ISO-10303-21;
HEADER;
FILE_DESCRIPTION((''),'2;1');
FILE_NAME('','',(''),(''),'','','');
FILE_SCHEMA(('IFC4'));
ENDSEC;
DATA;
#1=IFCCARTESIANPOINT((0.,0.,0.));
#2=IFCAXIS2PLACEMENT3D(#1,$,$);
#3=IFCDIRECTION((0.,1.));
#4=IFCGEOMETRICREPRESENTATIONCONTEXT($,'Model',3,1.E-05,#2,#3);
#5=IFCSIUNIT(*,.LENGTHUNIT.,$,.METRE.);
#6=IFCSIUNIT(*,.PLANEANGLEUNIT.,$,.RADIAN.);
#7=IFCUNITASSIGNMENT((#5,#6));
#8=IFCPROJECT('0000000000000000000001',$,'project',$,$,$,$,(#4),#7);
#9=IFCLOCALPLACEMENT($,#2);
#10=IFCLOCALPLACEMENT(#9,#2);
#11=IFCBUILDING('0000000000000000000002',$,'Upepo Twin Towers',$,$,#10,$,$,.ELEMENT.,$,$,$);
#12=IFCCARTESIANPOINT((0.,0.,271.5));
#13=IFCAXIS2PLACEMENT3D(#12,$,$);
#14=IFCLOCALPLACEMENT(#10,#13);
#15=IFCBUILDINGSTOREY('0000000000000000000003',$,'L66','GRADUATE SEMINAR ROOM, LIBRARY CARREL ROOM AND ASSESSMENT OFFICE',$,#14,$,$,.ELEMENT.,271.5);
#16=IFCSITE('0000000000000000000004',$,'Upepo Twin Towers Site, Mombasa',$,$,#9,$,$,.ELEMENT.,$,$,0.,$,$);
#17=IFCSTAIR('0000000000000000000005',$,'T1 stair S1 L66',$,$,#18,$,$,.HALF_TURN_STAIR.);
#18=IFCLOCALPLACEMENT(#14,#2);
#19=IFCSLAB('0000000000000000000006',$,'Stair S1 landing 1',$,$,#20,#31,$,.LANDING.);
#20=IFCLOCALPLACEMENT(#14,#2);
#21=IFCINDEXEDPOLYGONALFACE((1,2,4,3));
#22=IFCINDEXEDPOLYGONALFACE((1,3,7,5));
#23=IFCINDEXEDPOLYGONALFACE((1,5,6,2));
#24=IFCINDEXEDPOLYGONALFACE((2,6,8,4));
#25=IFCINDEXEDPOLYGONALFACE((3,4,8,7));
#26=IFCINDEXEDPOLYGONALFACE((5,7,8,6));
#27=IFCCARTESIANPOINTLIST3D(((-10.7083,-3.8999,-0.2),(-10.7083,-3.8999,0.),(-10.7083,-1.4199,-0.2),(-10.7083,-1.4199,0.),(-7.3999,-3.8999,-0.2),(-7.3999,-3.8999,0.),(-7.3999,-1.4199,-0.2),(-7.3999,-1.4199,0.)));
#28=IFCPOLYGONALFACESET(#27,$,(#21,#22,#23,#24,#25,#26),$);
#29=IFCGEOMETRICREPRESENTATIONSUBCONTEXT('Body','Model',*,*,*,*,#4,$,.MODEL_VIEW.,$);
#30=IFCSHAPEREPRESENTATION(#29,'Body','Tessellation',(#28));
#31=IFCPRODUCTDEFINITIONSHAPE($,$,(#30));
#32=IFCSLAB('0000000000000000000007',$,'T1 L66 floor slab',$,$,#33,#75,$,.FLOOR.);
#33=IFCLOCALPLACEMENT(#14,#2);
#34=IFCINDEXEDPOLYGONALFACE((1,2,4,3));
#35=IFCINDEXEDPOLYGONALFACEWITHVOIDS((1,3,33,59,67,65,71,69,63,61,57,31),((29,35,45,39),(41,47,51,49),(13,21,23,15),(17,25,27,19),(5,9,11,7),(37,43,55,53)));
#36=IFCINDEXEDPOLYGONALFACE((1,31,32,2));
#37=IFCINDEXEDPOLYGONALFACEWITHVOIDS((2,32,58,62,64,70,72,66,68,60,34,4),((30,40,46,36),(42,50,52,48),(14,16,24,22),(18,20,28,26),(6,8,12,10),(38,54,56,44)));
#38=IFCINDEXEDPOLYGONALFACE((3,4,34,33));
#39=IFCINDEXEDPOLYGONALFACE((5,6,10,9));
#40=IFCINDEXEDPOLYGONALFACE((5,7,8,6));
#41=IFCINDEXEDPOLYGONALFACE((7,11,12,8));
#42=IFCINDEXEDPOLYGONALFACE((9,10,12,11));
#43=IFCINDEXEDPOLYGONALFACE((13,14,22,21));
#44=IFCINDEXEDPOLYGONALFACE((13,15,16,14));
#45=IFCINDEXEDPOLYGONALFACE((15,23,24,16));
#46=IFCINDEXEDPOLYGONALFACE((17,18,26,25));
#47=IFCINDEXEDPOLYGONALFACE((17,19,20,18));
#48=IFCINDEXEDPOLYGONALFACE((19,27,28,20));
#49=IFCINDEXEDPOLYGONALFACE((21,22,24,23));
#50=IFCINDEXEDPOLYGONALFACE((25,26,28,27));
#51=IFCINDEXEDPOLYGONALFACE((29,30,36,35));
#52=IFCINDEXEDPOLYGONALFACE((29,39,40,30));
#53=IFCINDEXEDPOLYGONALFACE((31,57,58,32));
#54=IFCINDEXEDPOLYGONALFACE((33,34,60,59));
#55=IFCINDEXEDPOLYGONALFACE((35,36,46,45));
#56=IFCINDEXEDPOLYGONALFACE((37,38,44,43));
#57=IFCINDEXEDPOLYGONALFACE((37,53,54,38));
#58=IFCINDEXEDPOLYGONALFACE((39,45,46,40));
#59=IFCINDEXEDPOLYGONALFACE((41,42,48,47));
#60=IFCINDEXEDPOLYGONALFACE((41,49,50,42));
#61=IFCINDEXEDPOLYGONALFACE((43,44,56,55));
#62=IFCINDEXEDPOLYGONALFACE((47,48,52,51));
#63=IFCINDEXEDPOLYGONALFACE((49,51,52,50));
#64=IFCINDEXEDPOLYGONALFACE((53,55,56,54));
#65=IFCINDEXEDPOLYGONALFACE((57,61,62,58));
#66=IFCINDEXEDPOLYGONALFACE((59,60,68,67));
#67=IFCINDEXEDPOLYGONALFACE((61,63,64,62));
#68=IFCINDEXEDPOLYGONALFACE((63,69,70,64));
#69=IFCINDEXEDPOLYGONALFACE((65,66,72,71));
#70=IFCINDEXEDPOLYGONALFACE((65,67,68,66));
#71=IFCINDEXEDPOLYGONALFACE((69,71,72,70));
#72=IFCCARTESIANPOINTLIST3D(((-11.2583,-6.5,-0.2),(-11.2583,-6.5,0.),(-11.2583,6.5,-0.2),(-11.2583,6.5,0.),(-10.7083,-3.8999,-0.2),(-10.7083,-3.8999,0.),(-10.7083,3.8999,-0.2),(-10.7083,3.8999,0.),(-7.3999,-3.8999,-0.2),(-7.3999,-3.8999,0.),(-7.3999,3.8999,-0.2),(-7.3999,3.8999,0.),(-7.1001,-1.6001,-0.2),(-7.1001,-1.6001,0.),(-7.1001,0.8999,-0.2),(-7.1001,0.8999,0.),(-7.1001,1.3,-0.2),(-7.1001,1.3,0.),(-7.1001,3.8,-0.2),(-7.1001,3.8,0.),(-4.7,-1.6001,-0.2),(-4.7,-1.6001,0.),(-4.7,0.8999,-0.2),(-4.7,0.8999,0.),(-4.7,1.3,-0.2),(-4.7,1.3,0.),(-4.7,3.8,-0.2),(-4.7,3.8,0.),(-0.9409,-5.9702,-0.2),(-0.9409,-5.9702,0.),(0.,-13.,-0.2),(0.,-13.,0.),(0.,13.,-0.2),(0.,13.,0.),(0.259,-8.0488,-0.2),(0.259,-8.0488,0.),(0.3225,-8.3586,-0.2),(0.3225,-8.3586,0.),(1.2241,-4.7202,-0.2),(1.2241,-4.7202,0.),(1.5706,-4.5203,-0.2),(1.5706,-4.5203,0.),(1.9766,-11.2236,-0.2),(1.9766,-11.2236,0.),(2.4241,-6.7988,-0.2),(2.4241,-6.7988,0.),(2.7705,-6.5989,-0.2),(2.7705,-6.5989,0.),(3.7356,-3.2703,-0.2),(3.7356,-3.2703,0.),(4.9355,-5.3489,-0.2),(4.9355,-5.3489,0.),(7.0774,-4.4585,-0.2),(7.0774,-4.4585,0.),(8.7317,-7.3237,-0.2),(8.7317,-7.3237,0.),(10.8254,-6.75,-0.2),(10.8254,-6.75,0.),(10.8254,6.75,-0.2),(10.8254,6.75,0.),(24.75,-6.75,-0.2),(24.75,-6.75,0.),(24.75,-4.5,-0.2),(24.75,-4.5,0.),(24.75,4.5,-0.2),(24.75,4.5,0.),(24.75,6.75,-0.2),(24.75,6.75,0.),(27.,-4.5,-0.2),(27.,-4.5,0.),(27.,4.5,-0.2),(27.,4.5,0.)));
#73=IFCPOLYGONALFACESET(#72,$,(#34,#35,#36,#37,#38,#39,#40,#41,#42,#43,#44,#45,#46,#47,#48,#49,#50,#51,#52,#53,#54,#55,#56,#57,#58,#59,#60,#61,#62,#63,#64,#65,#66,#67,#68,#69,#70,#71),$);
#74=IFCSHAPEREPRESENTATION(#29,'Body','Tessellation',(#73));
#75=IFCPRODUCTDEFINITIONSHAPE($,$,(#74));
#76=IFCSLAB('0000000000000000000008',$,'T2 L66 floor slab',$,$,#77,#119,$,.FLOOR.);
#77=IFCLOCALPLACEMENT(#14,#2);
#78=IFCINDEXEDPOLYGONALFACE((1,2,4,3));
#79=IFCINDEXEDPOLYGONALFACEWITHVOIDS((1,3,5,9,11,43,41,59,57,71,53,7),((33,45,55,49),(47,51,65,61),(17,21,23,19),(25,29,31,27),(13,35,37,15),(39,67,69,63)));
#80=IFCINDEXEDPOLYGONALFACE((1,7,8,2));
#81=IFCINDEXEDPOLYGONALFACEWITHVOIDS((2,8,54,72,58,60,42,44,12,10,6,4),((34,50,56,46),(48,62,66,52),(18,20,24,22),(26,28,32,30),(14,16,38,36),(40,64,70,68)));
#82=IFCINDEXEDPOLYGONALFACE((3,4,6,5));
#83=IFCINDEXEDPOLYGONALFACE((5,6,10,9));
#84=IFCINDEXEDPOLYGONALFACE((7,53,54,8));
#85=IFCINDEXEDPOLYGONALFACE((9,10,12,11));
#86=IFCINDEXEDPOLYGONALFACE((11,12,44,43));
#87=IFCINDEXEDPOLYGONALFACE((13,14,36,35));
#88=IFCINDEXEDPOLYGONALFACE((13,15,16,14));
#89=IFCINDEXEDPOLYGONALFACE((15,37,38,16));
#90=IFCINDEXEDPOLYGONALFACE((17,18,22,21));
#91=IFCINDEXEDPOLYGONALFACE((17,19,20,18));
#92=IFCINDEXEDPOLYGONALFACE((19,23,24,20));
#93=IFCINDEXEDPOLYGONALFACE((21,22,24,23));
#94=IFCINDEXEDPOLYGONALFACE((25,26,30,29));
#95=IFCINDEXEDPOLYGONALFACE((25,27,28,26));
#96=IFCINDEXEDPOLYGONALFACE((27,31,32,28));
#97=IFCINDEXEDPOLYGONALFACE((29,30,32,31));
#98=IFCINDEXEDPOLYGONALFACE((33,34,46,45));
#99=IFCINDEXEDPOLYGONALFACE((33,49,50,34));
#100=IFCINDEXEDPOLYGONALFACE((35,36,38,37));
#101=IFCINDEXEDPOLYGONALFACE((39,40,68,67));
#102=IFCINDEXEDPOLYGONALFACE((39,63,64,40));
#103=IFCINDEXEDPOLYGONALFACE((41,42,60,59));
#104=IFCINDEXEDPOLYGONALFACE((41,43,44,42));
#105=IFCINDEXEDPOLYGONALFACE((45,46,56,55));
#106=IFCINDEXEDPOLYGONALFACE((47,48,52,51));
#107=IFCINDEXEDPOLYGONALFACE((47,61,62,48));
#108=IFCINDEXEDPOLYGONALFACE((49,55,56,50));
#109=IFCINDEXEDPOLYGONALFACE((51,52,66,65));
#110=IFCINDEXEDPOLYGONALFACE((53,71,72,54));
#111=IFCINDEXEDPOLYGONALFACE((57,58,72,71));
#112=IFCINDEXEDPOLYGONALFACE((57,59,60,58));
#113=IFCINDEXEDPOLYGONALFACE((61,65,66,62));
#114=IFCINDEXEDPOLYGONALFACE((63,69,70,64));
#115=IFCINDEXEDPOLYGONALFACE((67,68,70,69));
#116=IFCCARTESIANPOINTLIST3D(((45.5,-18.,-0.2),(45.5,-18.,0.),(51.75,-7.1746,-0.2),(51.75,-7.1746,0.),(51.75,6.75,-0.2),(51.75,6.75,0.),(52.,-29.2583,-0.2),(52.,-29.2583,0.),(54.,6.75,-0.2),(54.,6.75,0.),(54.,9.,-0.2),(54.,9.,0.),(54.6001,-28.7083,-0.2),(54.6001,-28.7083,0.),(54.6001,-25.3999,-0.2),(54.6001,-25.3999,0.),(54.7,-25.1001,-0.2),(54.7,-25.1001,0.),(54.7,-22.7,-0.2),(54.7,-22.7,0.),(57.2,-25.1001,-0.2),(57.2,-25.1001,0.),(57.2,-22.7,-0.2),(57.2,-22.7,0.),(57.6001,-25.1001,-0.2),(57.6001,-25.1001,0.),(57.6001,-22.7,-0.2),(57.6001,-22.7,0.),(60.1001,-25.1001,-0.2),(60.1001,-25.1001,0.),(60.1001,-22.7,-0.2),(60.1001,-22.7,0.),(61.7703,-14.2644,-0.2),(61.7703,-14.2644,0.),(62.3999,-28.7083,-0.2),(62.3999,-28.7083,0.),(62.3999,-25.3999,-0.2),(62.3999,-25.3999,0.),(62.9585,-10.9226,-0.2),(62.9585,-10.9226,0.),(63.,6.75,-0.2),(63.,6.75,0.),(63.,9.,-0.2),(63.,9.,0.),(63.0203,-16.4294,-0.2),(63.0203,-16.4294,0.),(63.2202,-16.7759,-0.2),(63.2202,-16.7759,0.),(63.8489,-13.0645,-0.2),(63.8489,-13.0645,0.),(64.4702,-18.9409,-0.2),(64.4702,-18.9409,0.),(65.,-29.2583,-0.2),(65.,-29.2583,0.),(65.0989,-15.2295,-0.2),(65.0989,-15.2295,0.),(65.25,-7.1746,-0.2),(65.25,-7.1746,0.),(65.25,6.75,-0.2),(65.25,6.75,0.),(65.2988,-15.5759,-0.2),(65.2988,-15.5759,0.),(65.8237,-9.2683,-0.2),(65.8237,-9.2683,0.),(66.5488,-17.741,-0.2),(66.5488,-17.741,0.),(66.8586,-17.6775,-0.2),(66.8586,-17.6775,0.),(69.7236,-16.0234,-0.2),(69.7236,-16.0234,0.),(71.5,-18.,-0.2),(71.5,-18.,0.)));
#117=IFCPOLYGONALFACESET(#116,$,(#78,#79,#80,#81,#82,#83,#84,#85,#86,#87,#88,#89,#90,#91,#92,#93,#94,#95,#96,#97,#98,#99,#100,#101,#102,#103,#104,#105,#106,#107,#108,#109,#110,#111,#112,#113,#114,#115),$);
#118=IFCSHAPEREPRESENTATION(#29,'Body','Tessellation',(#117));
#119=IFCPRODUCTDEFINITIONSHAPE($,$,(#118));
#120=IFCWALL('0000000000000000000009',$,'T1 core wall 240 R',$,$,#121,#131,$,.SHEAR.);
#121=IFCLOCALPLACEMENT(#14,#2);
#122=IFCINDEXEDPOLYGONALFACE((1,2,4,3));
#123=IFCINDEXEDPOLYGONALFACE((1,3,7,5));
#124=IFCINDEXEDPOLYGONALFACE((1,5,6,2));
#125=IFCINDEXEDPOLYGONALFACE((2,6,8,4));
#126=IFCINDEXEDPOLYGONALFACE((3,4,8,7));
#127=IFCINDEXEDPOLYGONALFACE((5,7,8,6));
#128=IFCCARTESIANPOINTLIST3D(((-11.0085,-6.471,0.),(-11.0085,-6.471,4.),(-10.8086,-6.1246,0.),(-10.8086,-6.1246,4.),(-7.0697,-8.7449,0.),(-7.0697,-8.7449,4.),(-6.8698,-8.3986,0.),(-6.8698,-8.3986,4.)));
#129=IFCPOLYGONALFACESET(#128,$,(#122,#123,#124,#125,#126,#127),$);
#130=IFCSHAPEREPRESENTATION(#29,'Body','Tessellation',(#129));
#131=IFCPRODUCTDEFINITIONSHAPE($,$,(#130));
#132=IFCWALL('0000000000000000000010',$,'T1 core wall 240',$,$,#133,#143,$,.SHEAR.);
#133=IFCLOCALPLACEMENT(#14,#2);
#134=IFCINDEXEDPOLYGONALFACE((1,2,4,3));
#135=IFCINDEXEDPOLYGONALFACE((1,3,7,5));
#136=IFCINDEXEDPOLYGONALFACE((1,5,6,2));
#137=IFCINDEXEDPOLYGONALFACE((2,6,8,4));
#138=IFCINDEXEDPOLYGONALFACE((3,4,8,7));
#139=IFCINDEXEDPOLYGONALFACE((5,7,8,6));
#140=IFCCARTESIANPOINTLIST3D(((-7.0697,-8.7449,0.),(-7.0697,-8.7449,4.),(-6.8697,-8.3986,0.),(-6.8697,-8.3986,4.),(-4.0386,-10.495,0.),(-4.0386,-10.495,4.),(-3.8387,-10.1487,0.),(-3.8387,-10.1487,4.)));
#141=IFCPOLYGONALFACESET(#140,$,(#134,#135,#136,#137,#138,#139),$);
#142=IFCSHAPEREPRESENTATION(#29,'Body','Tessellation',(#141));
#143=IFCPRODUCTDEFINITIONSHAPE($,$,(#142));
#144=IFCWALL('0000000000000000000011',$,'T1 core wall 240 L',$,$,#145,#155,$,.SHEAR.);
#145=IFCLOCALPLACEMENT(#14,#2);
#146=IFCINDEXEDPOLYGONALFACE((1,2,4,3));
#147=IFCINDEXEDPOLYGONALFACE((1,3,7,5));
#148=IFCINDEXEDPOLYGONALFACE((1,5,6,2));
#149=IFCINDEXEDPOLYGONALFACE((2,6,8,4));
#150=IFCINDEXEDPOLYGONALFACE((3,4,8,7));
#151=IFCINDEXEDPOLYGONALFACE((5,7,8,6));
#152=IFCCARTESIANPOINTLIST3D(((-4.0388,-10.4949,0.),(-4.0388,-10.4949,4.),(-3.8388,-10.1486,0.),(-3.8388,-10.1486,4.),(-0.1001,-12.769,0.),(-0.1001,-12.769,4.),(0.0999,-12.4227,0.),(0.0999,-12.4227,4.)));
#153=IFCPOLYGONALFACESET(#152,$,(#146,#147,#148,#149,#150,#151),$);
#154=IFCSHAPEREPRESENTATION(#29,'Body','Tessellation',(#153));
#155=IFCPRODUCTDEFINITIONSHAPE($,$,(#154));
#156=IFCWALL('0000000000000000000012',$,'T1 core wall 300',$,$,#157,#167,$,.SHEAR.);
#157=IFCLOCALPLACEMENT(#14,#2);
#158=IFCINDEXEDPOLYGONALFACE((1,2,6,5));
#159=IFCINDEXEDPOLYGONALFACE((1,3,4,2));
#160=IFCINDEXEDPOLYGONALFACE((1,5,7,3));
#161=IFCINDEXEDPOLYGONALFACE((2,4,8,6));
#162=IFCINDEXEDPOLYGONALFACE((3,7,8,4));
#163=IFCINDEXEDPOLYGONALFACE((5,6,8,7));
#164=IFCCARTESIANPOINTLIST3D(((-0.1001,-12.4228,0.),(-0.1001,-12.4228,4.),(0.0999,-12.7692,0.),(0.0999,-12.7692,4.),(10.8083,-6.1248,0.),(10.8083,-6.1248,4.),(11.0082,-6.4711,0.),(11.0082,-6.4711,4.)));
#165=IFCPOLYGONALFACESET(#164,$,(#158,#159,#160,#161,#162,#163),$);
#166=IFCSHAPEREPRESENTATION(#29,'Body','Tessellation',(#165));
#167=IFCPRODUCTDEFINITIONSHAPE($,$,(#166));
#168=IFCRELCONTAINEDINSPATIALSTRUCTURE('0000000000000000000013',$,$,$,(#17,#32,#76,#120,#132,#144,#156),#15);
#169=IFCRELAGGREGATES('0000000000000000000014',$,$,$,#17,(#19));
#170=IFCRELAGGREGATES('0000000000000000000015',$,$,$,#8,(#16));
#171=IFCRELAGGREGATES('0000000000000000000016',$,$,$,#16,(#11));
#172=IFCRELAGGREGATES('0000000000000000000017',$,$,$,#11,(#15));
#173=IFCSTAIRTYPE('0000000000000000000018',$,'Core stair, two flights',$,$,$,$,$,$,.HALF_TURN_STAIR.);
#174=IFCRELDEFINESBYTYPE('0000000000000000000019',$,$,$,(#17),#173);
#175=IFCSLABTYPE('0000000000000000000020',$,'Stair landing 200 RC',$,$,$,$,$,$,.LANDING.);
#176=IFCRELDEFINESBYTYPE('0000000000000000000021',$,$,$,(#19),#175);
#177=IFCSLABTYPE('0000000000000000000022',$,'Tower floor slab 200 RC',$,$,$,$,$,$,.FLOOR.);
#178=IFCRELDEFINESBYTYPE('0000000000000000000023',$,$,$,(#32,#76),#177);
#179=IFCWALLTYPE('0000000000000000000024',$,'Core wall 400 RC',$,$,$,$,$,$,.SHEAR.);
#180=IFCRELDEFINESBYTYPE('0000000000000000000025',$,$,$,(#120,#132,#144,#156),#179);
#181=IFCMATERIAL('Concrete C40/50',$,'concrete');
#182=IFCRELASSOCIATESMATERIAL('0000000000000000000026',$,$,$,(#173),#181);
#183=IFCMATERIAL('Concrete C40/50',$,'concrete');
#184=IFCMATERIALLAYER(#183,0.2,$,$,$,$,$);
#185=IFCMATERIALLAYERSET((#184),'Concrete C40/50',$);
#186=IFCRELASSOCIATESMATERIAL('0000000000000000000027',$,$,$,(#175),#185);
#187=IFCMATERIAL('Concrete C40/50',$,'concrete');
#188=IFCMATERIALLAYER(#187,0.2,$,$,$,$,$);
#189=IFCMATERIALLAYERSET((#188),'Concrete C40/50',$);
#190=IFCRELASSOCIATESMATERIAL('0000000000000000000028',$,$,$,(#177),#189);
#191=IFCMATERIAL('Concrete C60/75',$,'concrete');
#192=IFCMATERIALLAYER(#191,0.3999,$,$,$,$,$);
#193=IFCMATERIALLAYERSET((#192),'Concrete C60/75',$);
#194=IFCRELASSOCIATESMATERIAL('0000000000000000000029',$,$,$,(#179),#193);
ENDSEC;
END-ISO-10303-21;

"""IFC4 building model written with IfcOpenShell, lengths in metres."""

from ifc_helpers import new_model, si_unit, direction, frame, frame_2d, origin, place, context, subcontext, project, spatial, polyline, rectangle, outline, extrude, material, layer, layer_set, type_object, element, aggregate, save


model = new_model("IFC4")

# Units and contexts
model_context = context("Model", 3, precision=1e-05, world=origin(), true_north=direction((0.0, 1.0)))
body_context = subcontext(model_context, "Body", "Model", "MODEL_VIEW")
ifc_project = project(units=[si_unit("LENGTHUNIT", "METRE"), si_unit("PLANEANGLEUNIT", "RADIAN")], contexts=[model_context])

# Site, building, storey
site_placement = place(None, origin())
site = spatial("IfcSite", under=ifc_project, at=site_placement, Name="Upepo Twin Towers Site, Mombasa", CompositionType="ELEMENT", RefElevation=0.0)
building_placement = place(site_placement, origin())
building = spatial("IfcBuilding", under=site, at=building_placement, Name="Upepo Twin Towers", CompositionType="ELEMENT")
storey_placement = place(building_placement, frame((0.0, 0.0, 271.5)))
storey = spatial("IfcBuildingStorey", under=building, at=storey_placement, Name="L66", Description="GRADUATE SEMINAR ROOM, LIBRARY CARREL ROOM AND ASSESSMENT OFFICE", CompositionType="ELEMENT", Elevation=271.5)

# Stair, slab
ifc_material_1 = material(Name="Concrete C40/50", Category="concrete")
stair_type = type_object("IfcStairType", Name="Core stair, two flights", PredefinedType="HALF_TURN_STAIR", material=ifc_material_1)
stair_placement = place(storey_placement, origin())
stair = element("IfcStair", 1, at=stair_placement, inside=storey, type_object=stair_type, Name="T1 stair S1 L66", PredefinedType="HALF_TURN_STAIR")
ifc_material_2 = material(Name="Concrete C40/50", Category="concrete")
ifc_layer_1 = layer(ifc_material_2, 0.2)
ifc_layer_set_1 = layer_set([ifc_layer_1], Name="Concrete C40/50")
slab_type_1 = type_object("IfcSlabType", Name="Stair landing 200 RC", PredefinedType="LANDING", material=ifc_layer_set_1)
slab_1_placement = place(storey_placement, frame((0.0, 0.0, -0.2)))
slab_1 = element("IfcSlab", 2, at=slab_1_placement, type_object=slab_type_1, Name="Stair S1 landing 1", PredefinedType="LANDING", context=body_context, shape_type="SweptSolid", body=[
    extrude(outline(polyline([(-7.3999, -1.4199), (-10.7083, -1.4199), (-10.7083, -3.8999), (-7.3999, -3.8999), (-7.3999, -1.4199)])), origin(), (0.0, 0.0, 1.0), 0.2),
])

# Slabs
ifc_material_3 = material(Name="Concrete C40/50", Category="concrete")
ifc_layer_2 = layer(ifc_material_3, 0.2)
ifc_layer_set_2 = layer_set([ifc_layer_2], Name="Concrete C40/50")
slab_type_2 = type_object("IfcSlabType", Name="Tower floor slab 200 RC", PredefinedType="FLOOR", material=ifc_layer_set_2)
slab_2_placement = place(storey_placement, frame((0.0, 0.0, -0.2)))
element("IfcSlab", 3, at=slab_2_placement, inside=storey, type_object=slab_type_2, Name="T1 L66 floor slab", PredefinedType="FLOOR", context=body_context, shape_type="SweptSolid", body=[
    extrude(outline(polyline([(0.0, -13.0), (-11.2583, -6.5), (-11.2583, 6.5), (0.0, 13.0), (10.8254, 6.75), (24.75, 6.75), (24.75, 4.5), (27.0, 4.5), (27.0, -4.5), (24.75, -4.5), (24.75, -6.75), (10.8254, -6.75), (0.0, -13.0)]), holes=[polyline([(-4.7, 3.8), (-7.1001, 3.8), (-7.1001, 1.3), (-4.7, 1.3), (-4.7, 3.8)]), polyline([(-4.7, 0.8999), (-7.1001, 0.8999), (-7.1001, -1.6001), (-4.7, -1.6001), (-4.7, 0.8999)]), polyline([(-7.3999, 3.8999), (-10.7083, 3.8999), (-10.7083, -3.8999), (-7.3999, -3.8999), (-7.3999, 3.8999)]), polyline([(-0.9409, -5.9702), (0.259, -8.0488), (2.4241, -6.7988), (1.2241, -4.7202), (-0.9409, -5.9702)]), polyline([(1.5706, -4.5203), (2.7705, -6.5989), (4.9355, -5.3489), (3.7356, -3.2703), (1.5706, -4.5203)]), polyline([(0.3225, -8.3586), (1.9766, -11.2236), (8.7317, -7.3237), (7.0774, -4.4585), (0.3225, -8.3586)])]), origin(), (0.0, 0.0, 1.0), 0.2),
])
slab_3_placement = place(storey_placement, frame((0.0, 0.0, -0.2)))
element("IfcSlab", 4, at=slab_3_placement, inside=storey, type_object=slab_type_2, Name="T2 L66 floor slab", PredefinedType="FLOOR", context=body_context, shape_type="SweptSolid", body=[
    extrude(outline(polyline([(71.5, -18.0), (65.0, -29.2583), (52.0, -29.2583), (45.5, -18.0), (51.75, -7.1746), (51.75, 6.75), (54.0, 6.75), (54.0, 9.0), (63.0, 9.0), (63.0, 6.75), (65.25, 6.75), (65.25, -7.1746), (71.5, -18.0)]), holes=[polyline([(54.7, -22.7), (54.7, -25.1001), (57.2, -25.1001), (57.2, -22.7), (54.7, -22.7)]), polyline([(57.6001, -22.7), (57.6001, -25.1001), (60.1001, -25.1001), (60.1001, -22.7), (57.6001, -22.7)]), polyline([(54.6001, -25.3999), (54.6001, -28.7083), (62.3999, -28.7083), (62.3999, -25.3999), (54.6001, -25.3999)]), polyline([(64.4702, -18.9409), (66.5488, -17.741), (65.2988, -15.5759), (63.2202, -16.7759), (64.4702, -18.9409)]), polyline([(63.0203, -16.4294), (65.0989, -15.2295), (63.8489, -13.0645), (61.7703, -14.2644), (63.0203, -16.4294)]), polyline([(66.8586, -17.6775), (69.7236, -16.0234), (65.8237, -9.2683), (62.9585, -10.9226), (66.8586, -17.6775)])]), origin(), (0.0, 0.0, 1.0), 0.2),
])

# Walls
ifc_material_4 = material(Name="Concrete C60/75", Category="concrete")
ifc_layer_3 = layer(ifc_material_4, 0.3999)
ifc_layer_set_3 = layer_set([ifc_layer_3], Name="Concrete C60/75")
wall_type_1 = type_object("IfcWallType", Name="Core wall 400 RC", PredefinedType="SHEAR", material=ifc_layer_set_3)
wall_1_placement = place(storey_placement, frame((-10.9084, -6.2979, 0.0), z_axis=(0.0, 0.0, 1.0), x_axis=(0.866035, -0.499984, 0.0)))
element("IfcWall", 5, at=wall_1_placement, inside=storey, type_object=wall_type_1, Name="T1 core wall 240 R", PredefinedType="SHEAR", context=body_context, shape_type="SweptSolid", body=[
    extrude(rectangle(XDim=4.5481, YDim=0.3999, at=frame_2d((2.2739, 0.0))), origin(), (0.0, 0.0, 1.0), 4.0),
])
wall_2_placement = place(storey_placement, frame((-6.9697, -8.5718, 0.0), z_axis=(0.0, 0.0, 1.0), x_axis=(0.866019, -0.50001, 0.0)))
element("IfcWall", 6, at=wall_2_placement, inside=storey, type_object=wall_type_1, Name="T1 core wall 240", PredefinedType="SHEAR", context=body_context, shape_type="SweptSolid", body=[
    extrude(rectangle(XDim=3.5, YDim=0.3999, at=frame_2d((1.75, 0.0))), origin(), (0.0, 0.0, 1.0), 4.0),
])
wall_3_placement = place(storey_placement, frame((-3.9387, -10.3218, 0.0), z_axis=(0.0, 0.0, 1.0), x_axis=(0.866011, -0.500024, 0.0)))
element("IfcWall", 7, at=wall_3_placement, inside=storey, type_object=wall_type_1, Name="T1 core wall 240 L", PredefinedType="SHEAR", context=body_context, shape_type="SweptSolid", body=[
    extrude(rectangle(XDim=4.5481, YDim=0.3999, at=frame_2d((2.2739, 0.0))), origin(), (0.0, 0.0, 1.0), 4.0),
])
wall_4_placement = place(storey_placement, frame((0.0, -12.5959, 0.0), z_axis=(0.0, 0.0, 1.0), x_axis=(0.866022, 0.500006, 0.0)))
element("IfcWall", 8, at=wall_4_placement, inside=storey, type_object=wall_type_1, Name="T1 core wall 300", PredefinedType="SHEAR", context=body_context, shape_type="SweptSolid", body=[
    extrude(rectangle(XDim=12.5959, YDim=0.3999, at=frame_2d((6.2979, 0.0))), origin(), (0.0, 0.0, 1.0), 4.0),
])

aggregate(stair, [slab_1])

save(model, "model.ifc")
